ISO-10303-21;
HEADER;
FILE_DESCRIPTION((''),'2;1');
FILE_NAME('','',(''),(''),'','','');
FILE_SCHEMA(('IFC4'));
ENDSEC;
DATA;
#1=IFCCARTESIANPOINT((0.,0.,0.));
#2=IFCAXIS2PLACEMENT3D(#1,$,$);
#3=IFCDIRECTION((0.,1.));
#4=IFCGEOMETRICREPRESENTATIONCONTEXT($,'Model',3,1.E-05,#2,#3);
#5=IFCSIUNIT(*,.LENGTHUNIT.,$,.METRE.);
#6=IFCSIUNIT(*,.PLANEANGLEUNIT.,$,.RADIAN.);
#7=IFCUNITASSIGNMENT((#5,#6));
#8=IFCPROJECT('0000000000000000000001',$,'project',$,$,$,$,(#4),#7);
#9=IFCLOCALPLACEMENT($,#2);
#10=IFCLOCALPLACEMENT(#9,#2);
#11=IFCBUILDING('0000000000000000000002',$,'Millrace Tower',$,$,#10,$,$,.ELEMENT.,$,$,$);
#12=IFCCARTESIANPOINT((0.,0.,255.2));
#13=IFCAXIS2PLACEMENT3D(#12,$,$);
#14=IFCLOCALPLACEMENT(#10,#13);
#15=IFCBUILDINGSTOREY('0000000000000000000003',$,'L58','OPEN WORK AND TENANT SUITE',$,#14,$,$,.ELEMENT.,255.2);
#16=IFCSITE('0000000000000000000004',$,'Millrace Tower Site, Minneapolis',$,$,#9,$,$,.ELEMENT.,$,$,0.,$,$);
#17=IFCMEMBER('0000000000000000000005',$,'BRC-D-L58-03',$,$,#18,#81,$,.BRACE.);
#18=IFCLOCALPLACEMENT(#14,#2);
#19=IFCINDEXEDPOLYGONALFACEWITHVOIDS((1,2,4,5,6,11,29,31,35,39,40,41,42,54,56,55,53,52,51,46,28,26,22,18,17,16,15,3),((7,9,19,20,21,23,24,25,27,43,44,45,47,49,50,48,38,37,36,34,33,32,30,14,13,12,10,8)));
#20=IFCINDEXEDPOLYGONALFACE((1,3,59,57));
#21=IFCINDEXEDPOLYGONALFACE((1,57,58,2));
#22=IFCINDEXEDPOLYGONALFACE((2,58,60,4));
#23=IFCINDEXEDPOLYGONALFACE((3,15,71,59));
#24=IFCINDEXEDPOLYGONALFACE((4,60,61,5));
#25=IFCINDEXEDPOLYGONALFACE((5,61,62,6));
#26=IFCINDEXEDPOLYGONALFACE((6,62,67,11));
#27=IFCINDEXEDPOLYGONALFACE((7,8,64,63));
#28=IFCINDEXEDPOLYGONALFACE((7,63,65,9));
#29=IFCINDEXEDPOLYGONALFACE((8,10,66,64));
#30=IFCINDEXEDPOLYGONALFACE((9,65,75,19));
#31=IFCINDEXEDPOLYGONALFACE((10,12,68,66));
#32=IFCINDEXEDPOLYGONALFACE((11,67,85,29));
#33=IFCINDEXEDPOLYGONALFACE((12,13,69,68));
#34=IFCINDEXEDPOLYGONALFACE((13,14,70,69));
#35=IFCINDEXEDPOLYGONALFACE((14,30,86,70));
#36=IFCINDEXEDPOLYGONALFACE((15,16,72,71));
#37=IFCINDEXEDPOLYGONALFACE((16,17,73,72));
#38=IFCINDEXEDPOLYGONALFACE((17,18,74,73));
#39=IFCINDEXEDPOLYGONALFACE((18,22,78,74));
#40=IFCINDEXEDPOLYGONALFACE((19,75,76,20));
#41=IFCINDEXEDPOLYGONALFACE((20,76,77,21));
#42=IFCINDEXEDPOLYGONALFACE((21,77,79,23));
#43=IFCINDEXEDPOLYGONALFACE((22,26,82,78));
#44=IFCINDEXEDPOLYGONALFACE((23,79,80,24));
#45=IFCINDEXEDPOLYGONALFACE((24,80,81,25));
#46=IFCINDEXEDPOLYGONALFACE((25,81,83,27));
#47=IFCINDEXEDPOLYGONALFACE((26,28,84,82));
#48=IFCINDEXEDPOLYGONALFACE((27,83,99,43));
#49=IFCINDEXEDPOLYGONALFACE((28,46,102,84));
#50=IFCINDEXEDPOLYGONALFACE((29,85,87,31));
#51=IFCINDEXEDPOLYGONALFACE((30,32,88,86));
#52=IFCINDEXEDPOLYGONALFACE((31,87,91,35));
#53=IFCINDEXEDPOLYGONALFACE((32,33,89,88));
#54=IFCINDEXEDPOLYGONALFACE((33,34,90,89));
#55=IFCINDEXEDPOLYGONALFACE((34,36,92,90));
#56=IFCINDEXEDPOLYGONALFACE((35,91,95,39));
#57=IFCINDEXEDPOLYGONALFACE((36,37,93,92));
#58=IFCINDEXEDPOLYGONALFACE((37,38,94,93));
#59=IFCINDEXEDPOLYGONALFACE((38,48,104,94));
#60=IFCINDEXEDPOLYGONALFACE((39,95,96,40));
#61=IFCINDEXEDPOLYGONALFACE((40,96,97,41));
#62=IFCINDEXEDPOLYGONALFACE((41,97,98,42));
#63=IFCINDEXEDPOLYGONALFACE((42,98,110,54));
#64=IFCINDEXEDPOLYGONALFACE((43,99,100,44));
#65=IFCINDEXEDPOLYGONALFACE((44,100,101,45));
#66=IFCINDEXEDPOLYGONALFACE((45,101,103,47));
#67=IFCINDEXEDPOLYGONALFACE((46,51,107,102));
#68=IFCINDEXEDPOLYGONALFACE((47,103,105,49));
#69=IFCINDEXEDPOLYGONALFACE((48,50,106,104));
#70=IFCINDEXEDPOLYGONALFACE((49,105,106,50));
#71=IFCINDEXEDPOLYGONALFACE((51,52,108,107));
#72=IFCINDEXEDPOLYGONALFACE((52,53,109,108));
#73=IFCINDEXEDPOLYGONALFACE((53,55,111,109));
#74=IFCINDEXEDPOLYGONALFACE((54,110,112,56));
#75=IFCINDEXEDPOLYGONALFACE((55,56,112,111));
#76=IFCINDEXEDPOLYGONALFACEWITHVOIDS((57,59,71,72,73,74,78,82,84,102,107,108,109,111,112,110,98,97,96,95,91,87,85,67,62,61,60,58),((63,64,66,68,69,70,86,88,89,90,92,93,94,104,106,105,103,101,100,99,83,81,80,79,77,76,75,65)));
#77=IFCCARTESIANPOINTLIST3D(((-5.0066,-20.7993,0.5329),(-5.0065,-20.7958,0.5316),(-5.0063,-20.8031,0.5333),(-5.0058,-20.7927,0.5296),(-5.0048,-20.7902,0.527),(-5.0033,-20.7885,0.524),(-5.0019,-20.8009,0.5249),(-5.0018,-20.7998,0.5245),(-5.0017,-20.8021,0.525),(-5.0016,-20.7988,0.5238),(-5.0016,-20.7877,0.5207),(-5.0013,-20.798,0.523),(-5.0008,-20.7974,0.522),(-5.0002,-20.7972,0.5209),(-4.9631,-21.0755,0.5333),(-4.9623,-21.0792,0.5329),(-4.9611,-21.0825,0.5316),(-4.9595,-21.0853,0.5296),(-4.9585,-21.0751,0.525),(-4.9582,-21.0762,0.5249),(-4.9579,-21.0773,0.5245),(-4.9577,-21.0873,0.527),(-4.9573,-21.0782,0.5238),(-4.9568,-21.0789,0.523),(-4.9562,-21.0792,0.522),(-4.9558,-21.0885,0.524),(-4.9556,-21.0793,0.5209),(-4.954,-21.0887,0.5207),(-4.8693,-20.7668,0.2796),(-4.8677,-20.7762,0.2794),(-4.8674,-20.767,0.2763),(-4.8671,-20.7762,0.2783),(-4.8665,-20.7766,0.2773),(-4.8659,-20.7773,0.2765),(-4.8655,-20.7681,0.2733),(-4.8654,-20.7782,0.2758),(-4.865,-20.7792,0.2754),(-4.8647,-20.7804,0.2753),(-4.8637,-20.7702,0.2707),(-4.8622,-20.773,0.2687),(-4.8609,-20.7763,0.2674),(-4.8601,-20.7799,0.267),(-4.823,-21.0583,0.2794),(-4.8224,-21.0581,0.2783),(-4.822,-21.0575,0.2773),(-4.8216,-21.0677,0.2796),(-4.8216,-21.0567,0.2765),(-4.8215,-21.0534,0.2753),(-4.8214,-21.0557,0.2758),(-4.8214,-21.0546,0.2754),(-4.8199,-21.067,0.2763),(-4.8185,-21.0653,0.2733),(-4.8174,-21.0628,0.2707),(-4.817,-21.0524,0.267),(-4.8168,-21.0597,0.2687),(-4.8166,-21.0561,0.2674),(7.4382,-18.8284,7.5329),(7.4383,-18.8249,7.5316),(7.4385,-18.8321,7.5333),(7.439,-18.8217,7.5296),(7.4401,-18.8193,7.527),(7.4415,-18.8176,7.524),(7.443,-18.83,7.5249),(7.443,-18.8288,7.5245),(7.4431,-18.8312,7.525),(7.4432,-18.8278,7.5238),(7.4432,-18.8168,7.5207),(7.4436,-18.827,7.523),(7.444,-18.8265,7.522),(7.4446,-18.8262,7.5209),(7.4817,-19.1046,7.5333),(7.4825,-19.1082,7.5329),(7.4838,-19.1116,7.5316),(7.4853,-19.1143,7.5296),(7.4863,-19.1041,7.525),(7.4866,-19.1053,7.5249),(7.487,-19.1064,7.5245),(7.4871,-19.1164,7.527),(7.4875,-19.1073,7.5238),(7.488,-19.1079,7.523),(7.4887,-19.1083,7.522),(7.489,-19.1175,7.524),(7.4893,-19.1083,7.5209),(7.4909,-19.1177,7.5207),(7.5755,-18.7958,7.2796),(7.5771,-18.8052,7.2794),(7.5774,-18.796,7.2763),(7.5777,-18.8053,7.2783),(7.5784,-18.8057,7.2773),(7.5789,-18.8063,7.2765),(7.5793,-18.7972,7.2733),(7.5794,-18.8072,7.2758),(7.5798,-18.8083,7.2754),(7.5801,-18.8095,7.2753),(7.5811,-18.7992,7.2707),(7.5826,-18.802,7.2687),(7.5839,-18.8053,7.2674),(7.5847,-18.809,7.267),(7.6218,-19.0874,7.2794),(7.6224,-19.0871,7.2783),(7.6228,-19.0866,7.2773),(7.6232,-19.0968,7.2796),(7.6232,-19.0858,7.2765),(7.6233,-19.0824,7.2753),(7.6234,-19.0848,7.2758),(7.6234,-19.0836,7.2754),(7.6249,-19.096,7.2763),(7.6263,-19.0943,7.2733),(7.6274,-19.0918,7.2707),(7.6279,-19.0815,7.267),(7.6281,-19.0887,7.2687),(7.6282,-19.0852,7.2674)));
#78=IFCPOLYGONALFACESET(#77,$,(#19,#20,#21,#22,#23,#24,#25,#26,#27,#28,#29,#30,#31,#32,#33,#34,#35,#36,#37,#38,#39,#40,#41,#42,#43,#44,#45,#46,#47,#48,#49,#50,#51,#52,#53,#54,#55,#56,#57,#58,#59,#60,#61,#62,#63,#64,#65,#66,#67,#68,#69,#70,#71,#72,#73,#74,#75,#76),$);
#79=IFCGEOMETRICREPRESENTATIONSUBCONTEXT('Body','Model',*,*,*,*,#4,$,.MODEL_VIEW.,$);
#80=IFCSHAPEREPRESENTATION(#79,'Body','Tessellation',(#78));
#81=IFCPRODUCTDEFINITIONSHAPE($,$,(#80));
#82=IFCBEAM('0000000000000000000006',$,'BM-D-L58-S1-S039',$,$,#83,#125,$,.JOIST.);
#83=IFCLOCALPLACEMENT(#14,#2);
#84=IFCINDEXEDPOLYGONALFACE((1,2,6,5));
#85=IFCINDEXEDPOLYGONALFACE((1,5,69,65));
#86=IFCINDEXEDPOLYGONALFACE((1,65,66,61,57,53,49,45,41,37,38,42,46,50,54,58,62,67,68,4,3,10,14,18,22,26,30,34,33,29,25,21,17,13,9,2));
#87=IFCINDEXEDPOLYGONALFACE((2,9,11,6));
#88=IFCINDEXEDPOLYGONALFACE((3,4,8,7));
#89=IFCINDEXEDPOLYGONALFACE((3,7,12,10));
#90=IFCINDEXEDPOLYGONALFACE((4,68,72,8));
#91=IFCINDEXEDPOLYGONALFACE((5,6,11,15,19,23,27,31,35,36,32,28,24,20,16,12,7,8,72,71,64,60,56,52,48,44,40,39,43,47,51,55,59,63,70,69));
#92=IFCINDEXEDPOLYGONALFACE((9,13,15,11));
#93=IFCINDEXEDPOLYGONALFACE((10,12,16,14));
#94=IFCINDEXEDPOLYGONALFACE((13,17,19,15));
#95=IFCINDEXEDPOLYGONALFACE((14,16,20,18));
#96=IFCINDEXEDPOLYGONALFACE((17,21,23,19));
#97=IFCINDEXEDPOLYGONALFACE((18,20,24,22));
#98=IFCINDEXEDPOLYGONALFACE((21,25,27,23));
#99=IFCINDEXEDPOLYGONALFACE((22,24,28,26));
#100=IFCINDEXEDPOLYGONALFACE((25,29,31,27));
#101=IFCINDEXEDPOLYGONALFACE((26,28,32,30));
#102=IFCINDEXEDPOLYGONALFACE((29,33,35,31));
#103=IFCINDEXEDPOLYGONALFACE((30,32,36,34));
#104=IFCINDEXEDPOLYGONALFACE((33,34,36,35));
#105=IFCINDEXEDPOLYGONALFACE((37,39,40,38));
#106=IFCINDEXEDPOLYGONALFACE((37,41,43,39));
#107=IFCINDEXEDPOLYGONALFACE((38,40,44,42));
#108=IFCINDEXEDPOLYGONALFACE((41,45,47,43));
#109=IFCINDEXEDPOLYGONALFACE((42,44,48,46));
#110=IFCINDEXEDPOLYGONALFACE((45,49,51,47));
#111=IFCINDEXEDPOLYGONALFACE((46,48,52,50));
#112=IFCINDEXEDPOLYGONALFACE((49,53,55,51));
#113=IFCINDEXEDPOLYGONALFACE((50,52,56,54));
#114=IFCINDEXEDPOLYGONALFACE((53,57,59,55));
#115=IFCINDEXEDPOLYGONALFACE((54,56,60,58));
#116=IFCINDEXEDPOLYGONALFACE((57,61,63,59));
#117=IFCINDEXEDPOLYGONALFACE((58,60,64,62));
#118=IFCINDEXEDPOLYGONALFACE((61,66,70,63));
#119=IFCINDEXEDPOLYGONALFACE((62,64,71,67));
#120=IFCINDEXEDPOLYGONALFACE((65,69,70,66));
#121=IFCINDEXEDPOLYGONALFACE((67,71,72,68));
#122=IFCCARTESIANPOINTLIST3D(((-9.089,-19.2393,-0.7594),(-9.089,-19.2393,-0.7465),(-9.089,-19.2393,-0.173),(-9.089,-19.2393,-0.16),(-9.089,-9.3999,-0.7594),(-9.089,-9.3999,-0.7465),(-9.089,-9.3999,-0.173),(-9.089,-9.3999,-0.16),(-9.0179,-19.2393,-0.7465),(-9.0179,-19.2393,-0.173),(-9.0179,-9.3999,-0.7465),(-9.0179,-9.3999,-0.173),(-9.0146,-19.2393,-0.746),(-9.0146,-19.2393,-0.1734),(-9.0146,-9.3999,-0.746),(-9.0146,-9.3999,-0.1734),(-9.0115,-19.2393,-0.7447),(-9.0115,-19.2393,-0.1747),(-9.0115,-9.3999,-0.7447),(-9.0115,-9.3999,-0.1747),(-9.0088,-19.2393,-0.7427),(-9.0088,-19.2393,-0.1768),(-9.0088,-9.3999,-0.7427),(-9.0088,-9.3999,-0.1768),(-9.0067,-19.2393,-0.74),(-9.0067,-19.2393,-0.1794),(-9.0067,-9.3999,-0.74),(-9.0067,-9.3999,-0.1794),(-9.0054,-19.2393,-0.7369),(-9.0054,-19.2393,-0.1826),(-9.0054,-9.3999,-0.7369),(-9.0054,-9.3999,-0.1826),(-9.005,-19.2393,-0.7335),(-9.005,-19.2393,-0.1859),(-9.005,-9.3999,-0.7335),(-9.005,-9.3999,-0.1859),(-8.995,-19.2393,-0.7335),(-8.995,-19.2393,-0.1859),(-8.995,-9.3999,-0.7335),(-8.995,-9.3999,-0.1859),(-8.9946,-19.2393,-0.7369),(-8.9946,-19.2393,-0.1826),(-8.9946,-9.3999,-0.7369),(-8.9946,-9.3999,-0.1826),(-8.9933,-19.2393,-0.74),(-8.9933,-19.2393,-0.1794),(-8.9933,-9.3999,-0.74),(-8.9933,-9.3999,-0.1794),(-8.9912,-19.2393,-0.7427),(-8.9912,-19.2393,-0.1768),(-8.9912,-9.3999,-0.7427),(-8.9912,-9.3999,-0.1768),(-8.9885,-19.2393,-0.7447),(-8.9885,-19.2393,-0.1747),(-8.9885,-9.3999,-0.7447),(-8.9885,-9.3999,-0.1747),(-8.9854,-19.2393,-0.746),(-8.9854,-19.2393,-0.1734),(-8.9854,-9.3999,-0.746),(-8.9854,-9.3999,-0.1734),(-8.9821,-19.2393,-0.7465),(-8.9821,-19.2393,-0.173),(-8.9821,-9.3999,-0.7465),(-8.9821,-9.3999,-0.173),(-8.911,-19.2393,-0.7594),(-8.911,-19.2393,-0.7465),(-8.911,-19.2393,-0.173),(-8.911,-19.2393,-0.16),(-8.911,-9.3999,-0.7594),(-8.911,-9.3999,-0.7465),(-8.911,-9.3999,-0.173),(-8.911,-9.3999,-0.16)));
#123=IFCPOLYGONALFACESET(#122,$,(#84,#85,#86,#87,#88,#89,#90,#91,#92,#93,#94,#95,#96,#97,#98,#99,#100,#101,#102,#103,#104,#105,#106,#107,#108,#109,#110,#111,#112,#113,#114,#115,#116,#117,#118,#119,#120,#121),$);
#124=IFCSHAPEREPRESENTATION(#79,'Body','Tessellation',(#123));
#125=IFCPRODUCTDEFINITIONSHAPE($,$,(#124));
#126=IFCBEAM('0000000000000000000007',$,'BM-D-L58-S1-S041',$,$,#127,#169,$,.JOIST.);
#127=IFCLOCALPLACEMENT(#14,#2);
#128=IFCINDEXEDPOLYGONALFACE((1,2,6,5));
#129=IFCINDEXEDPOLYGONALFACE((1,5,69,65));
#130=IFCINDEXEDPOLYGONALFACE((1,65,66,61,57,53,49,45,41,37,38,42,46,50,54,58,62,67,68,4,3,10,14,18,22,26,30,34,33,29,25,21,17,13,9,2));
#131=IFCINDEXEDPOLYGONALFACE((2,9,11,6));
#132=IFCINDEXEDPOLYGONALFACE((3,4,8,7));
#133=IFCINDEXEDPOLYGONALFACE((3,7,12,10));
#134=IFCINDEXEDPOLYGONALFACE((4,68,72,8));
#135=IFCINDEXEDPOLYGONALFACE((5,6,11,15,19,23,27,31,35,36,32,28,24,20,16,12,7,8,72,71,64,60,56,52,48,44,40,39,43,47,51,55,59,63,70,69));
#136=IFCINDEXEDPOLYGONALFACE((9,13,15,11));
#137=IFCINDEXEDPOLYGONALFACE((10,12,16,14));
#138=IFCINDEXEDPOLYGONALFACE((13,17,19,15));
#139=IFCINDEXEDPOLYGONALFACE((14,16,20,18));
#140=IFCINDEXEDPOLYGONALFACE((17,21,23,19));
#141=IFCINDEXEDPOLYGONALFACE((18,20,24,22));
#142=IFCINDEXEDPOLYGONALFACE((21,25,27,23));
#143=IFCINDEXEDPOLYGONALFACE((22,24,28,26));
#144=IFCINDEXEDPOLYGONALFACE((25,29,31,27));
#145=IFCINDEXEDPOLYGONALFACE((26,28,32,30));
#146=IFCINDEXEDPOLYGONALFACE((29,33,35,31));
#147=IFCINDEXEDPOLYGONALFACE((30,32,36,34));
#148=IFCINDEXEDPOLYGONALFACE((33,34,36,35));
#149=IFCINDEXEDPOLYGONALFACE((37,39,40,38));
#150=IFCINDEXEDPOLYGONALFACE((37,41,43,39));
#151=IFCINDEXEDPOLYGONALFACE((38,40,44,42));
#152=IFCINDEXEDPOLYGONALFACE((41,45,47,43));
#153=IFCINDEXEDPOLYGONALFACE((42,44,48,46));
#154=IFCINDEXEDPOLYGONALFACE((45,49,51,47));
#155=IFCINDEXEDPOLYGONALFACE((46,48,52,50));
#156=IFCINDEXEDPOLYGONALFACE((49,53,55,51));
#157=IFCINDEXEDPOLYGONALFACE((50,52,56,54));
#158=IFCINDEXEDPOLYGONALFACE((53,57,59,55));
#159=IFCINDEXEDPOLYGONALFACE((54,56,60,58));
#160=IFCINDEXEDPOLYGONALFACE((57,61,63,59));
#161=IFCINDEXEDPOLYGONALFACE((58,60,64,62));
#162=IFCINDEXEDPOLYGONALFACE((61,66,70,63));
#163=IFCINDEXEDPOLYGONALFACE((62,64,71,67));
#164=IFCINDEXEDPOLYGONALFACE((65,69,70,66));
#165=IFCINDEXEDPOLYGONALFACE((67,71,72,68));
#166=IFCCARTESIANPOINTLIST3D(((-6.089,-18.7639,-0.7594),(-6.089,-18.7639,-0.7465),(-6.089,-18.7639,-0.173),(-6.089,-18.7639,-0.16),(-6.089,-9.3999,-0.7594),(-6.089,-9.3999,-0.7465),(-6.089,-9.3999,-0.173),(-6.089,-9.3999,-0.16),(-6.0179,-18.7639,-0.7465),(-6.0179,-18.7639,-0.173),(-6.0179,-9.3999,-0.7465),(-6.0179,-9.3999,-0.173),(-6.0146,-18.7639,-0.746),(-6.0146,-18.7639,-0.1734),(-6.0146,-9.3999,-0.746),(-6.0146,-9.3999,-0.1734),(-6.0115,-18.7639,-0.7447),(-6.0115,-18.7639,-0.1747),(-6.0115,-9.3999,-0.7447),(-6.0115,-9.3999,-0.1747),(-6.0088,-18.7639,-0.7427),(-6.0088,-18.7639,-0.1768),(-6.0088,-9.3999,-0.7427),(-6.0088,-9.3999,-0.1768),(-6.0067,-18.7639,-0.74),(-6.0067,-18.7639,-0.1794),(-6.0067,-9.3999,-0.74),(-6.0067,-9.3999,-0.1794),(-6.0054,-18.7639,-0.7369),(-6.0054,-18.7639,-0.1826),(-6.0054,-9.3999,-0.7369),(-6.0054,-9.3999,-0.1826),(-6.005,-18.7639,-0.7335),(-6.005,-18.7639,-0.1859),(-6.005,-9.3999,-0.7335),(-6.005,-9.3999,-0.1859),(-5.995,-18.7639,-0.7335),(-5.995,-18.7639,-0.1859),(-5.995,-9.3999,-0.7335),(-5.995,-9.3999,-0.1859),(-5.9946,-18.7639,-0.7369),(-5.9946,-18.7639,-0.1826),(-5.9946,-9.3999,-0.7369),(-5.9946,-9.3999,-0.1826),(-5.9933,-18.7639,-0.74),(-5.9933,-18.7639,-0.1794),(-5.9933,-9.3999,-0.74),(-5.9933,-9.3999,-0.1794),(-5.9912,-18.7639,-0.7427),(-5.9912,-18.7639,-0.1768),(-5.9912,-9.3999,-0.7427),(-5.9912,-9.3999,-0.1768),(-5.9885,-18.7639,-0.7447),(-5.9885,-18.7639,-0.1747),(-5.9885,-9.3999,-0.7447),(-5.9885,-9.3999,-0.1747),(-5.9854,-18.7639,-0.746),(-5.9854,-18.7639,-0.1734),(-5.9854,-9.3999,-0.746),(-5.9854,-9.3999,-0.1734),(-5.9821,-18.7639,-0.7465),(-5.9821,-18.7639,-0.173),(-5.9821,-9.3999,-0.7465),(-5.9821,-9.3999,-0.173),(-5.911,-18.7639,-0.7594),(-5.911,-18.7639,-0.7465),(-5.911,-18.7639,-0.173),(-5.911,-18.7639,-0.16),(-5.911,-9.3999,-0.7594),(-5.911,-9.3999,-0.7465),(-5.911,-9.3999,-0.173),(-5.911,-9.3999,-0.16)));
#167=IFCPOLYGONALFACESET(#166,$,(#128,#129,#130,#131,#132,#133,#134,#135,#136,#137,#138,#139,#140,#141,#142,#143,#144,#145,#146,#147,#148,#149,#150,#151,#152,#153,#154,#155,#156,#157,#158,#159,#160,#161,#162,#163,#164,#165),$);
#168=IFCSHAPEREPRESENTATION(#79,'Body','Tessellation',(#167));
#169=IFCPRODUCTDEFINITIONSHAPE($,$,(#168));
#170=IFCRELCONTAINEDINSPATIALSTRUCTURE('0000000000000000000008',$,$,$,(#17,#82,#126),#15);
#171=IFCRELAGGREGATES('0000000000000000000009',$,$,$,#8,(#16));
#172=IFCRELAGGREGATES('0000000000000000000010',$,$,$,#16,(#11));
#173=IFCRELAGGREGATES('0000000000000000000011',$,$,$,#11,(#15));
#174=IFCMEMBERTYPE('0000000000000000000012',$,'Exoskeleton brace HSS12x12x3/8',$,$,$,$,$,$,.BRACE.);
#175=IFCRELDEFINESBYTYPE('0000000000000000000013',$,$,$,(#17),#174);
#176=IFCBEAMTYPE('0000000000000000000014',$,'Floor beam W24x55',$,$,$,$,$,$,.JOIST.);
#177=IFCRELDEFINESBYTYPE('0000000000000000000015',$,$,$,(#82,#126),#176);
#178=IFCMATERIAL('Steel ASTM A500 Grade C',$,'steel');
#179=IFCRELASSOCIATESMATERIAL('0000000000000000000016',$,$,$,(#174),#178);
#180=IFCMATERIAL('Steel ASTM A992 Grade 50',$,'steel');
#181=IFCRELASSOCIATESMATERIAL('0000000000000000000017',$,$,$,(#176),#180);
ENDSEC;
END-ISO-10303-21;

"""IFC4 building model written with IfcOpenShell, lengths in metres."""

from ifc_helpers import new_model, si_unit, direction, frame, origin, origin_2d, place, context, subcontext, project, spatial, hollow_rectangle, i_section, extrude, material, material_profile, profile_set, type_object, element, save


model = new_model("IFC4")

# Units and contexts
model_context = context("Model", 3, precision=1e-05, world=origin(), true_north=direction((0.0, 1.0)))
body_context = subcontext(model_context, "Body", "Model", "MODEL_VIEW")
ifc_project = project(units=[si_unit("LENGTHUNIT", "METRE"), si_unit("PLANEANGLEUNIT", "RADIAN")], contexts=[model_context])

# Site, building, storey
site_placement = place(None, origin())
site = spatial("IfcSite", under=ifc_project, at=site_placement, Name="Millrace Tower Site, Minneapolis", CompositionType="ELEMENT", RefElevation=0.0)
building_placement = place(site_placement, origin())
building = spatial("IfcBuilding", under=site, at=building_placement, Name="Millrace Tower", CompositionType="ELEMENT")
storey_placement = place(building_placement, frame((0.0, 0.0, 255.2)))
storey = spatial("IfcBuildingStorey", under=building, at=storey_placement, Name="L58", Description="OPEN WORK AND TENANT SUITE", CompositionType="ELEMENT", Elevation=255.2)

# Member
ifc_material_1 = material(Name="Steel ASTM A500 Grade C", Category="steel")
ifc_material_profile_1 = material_profile(ifc_material_1, hollow_rectangle(XDim=0.3047, YDim=0.3047, WallThickness=0.0095, InnerFilletRadius=0.0046, OuterFilletRadius=0.0144, at=origin_2d()))
ifc_profile_set_1 = profile_set([ifc_material_profile_1], Name="Steel ASTM A500 Grade C")
member_type_1 = type_object("IfcMemberType", Name="Exoskeleton brace HSS12x12x3/8", PredefinedType="BRACE", material=ifc_profile_set_1)
member_1_placement = place(storey_placement, frame((-4.9116, -20.9277, 0.4001), z_axis=(0.863395, 0.13674, 0.485645), x_axis=(-0.156425, 0.98769, 0.0)))
element("IfcMember", 1, at=member_1_placement, inside=storey, type_object=member_type_1, Name="BRC-D-L58-03", PredefinedType="BRACE", context=body_context, shape_type="SweptSolid", body=[
    extrude(hollow_rectangle(XDim=0.3047, YDim=0.3047, WallThickness=0.0095, InnerFilletRadius=0.0046, OuterFilletRadius=0.0144, at=origin_2d()), origin(), (0.0, 0.0, 1.0), 14.4138),
])

# Beams
ifc_material_2 = material(Name="Steel ASTM A992 Grade 50", Category="steel")
ifc_material_profile_2 = material_profile(ifc_material_2, i_section(OverallWidth=0.178, OverallDepth=0.5994, WebThickness=0.01, FlangeThickness=0.0129, FilletRadius=0.0129, at=origin_2d()))
ifc_profile_set_2 = profile_set([ifc_material_profile_2], Name="Steel ASTM A992 Grade 50")
beam_type_1 = type_object("IfcBeamType", Name="Floor beam W24x55", PredefinedType="JOIST", material=ifc_profile_set_2)
beam_1_placement = place(storey_placement, frame((-9.0, -19.2393, -0.4597), z_axis=(0.0, 1.0, 0.0), x_axis=(-1.0, 0.0, 0.0)))
element("IfcBeam", 2, at=beam_1_placement, inside=storey, type_object=beam_type_1, Name="BM-D-L58-S1-S039", PredefinedType="JOIST", context=body_context, shape_type="SweptSolid", body=[
    extrude(i_section(OverallWidth=0.178, OverallDepth=0.5994, WebThickness=0.01, FlangeThickness=0.0129, FilletRadius=0.0129, at=origin_2d()), origin(), (0.0, 0.0, 1.0), 9.8394),
])
beam_2_placement = place(storey_placement, frame((-6.0, -18.7639, -0.4597), z_axis=(0.0, 1.0, 0.0), x_axis=(-1.0, 0.0, 0.0)))
element("IfcBeam", 3, at=beam_2_placement, inside=storey, type_object=beam_type_1, Name="BM-D-L58-S1-S041", PredefinedType="JOIST", context=body_context, shape_type="SweptSolid", body=[
    extrude(i_section(OverallWidth=0.178, OverallDepth=0.5994, WebThickness=0.01, FlangeThickness=0.0129, FilletRadius=0.0129, at=origin_2d()), origin(), (0.0, 0.0, 1.0), 9.364),
])

save(model, "model.ifc")
